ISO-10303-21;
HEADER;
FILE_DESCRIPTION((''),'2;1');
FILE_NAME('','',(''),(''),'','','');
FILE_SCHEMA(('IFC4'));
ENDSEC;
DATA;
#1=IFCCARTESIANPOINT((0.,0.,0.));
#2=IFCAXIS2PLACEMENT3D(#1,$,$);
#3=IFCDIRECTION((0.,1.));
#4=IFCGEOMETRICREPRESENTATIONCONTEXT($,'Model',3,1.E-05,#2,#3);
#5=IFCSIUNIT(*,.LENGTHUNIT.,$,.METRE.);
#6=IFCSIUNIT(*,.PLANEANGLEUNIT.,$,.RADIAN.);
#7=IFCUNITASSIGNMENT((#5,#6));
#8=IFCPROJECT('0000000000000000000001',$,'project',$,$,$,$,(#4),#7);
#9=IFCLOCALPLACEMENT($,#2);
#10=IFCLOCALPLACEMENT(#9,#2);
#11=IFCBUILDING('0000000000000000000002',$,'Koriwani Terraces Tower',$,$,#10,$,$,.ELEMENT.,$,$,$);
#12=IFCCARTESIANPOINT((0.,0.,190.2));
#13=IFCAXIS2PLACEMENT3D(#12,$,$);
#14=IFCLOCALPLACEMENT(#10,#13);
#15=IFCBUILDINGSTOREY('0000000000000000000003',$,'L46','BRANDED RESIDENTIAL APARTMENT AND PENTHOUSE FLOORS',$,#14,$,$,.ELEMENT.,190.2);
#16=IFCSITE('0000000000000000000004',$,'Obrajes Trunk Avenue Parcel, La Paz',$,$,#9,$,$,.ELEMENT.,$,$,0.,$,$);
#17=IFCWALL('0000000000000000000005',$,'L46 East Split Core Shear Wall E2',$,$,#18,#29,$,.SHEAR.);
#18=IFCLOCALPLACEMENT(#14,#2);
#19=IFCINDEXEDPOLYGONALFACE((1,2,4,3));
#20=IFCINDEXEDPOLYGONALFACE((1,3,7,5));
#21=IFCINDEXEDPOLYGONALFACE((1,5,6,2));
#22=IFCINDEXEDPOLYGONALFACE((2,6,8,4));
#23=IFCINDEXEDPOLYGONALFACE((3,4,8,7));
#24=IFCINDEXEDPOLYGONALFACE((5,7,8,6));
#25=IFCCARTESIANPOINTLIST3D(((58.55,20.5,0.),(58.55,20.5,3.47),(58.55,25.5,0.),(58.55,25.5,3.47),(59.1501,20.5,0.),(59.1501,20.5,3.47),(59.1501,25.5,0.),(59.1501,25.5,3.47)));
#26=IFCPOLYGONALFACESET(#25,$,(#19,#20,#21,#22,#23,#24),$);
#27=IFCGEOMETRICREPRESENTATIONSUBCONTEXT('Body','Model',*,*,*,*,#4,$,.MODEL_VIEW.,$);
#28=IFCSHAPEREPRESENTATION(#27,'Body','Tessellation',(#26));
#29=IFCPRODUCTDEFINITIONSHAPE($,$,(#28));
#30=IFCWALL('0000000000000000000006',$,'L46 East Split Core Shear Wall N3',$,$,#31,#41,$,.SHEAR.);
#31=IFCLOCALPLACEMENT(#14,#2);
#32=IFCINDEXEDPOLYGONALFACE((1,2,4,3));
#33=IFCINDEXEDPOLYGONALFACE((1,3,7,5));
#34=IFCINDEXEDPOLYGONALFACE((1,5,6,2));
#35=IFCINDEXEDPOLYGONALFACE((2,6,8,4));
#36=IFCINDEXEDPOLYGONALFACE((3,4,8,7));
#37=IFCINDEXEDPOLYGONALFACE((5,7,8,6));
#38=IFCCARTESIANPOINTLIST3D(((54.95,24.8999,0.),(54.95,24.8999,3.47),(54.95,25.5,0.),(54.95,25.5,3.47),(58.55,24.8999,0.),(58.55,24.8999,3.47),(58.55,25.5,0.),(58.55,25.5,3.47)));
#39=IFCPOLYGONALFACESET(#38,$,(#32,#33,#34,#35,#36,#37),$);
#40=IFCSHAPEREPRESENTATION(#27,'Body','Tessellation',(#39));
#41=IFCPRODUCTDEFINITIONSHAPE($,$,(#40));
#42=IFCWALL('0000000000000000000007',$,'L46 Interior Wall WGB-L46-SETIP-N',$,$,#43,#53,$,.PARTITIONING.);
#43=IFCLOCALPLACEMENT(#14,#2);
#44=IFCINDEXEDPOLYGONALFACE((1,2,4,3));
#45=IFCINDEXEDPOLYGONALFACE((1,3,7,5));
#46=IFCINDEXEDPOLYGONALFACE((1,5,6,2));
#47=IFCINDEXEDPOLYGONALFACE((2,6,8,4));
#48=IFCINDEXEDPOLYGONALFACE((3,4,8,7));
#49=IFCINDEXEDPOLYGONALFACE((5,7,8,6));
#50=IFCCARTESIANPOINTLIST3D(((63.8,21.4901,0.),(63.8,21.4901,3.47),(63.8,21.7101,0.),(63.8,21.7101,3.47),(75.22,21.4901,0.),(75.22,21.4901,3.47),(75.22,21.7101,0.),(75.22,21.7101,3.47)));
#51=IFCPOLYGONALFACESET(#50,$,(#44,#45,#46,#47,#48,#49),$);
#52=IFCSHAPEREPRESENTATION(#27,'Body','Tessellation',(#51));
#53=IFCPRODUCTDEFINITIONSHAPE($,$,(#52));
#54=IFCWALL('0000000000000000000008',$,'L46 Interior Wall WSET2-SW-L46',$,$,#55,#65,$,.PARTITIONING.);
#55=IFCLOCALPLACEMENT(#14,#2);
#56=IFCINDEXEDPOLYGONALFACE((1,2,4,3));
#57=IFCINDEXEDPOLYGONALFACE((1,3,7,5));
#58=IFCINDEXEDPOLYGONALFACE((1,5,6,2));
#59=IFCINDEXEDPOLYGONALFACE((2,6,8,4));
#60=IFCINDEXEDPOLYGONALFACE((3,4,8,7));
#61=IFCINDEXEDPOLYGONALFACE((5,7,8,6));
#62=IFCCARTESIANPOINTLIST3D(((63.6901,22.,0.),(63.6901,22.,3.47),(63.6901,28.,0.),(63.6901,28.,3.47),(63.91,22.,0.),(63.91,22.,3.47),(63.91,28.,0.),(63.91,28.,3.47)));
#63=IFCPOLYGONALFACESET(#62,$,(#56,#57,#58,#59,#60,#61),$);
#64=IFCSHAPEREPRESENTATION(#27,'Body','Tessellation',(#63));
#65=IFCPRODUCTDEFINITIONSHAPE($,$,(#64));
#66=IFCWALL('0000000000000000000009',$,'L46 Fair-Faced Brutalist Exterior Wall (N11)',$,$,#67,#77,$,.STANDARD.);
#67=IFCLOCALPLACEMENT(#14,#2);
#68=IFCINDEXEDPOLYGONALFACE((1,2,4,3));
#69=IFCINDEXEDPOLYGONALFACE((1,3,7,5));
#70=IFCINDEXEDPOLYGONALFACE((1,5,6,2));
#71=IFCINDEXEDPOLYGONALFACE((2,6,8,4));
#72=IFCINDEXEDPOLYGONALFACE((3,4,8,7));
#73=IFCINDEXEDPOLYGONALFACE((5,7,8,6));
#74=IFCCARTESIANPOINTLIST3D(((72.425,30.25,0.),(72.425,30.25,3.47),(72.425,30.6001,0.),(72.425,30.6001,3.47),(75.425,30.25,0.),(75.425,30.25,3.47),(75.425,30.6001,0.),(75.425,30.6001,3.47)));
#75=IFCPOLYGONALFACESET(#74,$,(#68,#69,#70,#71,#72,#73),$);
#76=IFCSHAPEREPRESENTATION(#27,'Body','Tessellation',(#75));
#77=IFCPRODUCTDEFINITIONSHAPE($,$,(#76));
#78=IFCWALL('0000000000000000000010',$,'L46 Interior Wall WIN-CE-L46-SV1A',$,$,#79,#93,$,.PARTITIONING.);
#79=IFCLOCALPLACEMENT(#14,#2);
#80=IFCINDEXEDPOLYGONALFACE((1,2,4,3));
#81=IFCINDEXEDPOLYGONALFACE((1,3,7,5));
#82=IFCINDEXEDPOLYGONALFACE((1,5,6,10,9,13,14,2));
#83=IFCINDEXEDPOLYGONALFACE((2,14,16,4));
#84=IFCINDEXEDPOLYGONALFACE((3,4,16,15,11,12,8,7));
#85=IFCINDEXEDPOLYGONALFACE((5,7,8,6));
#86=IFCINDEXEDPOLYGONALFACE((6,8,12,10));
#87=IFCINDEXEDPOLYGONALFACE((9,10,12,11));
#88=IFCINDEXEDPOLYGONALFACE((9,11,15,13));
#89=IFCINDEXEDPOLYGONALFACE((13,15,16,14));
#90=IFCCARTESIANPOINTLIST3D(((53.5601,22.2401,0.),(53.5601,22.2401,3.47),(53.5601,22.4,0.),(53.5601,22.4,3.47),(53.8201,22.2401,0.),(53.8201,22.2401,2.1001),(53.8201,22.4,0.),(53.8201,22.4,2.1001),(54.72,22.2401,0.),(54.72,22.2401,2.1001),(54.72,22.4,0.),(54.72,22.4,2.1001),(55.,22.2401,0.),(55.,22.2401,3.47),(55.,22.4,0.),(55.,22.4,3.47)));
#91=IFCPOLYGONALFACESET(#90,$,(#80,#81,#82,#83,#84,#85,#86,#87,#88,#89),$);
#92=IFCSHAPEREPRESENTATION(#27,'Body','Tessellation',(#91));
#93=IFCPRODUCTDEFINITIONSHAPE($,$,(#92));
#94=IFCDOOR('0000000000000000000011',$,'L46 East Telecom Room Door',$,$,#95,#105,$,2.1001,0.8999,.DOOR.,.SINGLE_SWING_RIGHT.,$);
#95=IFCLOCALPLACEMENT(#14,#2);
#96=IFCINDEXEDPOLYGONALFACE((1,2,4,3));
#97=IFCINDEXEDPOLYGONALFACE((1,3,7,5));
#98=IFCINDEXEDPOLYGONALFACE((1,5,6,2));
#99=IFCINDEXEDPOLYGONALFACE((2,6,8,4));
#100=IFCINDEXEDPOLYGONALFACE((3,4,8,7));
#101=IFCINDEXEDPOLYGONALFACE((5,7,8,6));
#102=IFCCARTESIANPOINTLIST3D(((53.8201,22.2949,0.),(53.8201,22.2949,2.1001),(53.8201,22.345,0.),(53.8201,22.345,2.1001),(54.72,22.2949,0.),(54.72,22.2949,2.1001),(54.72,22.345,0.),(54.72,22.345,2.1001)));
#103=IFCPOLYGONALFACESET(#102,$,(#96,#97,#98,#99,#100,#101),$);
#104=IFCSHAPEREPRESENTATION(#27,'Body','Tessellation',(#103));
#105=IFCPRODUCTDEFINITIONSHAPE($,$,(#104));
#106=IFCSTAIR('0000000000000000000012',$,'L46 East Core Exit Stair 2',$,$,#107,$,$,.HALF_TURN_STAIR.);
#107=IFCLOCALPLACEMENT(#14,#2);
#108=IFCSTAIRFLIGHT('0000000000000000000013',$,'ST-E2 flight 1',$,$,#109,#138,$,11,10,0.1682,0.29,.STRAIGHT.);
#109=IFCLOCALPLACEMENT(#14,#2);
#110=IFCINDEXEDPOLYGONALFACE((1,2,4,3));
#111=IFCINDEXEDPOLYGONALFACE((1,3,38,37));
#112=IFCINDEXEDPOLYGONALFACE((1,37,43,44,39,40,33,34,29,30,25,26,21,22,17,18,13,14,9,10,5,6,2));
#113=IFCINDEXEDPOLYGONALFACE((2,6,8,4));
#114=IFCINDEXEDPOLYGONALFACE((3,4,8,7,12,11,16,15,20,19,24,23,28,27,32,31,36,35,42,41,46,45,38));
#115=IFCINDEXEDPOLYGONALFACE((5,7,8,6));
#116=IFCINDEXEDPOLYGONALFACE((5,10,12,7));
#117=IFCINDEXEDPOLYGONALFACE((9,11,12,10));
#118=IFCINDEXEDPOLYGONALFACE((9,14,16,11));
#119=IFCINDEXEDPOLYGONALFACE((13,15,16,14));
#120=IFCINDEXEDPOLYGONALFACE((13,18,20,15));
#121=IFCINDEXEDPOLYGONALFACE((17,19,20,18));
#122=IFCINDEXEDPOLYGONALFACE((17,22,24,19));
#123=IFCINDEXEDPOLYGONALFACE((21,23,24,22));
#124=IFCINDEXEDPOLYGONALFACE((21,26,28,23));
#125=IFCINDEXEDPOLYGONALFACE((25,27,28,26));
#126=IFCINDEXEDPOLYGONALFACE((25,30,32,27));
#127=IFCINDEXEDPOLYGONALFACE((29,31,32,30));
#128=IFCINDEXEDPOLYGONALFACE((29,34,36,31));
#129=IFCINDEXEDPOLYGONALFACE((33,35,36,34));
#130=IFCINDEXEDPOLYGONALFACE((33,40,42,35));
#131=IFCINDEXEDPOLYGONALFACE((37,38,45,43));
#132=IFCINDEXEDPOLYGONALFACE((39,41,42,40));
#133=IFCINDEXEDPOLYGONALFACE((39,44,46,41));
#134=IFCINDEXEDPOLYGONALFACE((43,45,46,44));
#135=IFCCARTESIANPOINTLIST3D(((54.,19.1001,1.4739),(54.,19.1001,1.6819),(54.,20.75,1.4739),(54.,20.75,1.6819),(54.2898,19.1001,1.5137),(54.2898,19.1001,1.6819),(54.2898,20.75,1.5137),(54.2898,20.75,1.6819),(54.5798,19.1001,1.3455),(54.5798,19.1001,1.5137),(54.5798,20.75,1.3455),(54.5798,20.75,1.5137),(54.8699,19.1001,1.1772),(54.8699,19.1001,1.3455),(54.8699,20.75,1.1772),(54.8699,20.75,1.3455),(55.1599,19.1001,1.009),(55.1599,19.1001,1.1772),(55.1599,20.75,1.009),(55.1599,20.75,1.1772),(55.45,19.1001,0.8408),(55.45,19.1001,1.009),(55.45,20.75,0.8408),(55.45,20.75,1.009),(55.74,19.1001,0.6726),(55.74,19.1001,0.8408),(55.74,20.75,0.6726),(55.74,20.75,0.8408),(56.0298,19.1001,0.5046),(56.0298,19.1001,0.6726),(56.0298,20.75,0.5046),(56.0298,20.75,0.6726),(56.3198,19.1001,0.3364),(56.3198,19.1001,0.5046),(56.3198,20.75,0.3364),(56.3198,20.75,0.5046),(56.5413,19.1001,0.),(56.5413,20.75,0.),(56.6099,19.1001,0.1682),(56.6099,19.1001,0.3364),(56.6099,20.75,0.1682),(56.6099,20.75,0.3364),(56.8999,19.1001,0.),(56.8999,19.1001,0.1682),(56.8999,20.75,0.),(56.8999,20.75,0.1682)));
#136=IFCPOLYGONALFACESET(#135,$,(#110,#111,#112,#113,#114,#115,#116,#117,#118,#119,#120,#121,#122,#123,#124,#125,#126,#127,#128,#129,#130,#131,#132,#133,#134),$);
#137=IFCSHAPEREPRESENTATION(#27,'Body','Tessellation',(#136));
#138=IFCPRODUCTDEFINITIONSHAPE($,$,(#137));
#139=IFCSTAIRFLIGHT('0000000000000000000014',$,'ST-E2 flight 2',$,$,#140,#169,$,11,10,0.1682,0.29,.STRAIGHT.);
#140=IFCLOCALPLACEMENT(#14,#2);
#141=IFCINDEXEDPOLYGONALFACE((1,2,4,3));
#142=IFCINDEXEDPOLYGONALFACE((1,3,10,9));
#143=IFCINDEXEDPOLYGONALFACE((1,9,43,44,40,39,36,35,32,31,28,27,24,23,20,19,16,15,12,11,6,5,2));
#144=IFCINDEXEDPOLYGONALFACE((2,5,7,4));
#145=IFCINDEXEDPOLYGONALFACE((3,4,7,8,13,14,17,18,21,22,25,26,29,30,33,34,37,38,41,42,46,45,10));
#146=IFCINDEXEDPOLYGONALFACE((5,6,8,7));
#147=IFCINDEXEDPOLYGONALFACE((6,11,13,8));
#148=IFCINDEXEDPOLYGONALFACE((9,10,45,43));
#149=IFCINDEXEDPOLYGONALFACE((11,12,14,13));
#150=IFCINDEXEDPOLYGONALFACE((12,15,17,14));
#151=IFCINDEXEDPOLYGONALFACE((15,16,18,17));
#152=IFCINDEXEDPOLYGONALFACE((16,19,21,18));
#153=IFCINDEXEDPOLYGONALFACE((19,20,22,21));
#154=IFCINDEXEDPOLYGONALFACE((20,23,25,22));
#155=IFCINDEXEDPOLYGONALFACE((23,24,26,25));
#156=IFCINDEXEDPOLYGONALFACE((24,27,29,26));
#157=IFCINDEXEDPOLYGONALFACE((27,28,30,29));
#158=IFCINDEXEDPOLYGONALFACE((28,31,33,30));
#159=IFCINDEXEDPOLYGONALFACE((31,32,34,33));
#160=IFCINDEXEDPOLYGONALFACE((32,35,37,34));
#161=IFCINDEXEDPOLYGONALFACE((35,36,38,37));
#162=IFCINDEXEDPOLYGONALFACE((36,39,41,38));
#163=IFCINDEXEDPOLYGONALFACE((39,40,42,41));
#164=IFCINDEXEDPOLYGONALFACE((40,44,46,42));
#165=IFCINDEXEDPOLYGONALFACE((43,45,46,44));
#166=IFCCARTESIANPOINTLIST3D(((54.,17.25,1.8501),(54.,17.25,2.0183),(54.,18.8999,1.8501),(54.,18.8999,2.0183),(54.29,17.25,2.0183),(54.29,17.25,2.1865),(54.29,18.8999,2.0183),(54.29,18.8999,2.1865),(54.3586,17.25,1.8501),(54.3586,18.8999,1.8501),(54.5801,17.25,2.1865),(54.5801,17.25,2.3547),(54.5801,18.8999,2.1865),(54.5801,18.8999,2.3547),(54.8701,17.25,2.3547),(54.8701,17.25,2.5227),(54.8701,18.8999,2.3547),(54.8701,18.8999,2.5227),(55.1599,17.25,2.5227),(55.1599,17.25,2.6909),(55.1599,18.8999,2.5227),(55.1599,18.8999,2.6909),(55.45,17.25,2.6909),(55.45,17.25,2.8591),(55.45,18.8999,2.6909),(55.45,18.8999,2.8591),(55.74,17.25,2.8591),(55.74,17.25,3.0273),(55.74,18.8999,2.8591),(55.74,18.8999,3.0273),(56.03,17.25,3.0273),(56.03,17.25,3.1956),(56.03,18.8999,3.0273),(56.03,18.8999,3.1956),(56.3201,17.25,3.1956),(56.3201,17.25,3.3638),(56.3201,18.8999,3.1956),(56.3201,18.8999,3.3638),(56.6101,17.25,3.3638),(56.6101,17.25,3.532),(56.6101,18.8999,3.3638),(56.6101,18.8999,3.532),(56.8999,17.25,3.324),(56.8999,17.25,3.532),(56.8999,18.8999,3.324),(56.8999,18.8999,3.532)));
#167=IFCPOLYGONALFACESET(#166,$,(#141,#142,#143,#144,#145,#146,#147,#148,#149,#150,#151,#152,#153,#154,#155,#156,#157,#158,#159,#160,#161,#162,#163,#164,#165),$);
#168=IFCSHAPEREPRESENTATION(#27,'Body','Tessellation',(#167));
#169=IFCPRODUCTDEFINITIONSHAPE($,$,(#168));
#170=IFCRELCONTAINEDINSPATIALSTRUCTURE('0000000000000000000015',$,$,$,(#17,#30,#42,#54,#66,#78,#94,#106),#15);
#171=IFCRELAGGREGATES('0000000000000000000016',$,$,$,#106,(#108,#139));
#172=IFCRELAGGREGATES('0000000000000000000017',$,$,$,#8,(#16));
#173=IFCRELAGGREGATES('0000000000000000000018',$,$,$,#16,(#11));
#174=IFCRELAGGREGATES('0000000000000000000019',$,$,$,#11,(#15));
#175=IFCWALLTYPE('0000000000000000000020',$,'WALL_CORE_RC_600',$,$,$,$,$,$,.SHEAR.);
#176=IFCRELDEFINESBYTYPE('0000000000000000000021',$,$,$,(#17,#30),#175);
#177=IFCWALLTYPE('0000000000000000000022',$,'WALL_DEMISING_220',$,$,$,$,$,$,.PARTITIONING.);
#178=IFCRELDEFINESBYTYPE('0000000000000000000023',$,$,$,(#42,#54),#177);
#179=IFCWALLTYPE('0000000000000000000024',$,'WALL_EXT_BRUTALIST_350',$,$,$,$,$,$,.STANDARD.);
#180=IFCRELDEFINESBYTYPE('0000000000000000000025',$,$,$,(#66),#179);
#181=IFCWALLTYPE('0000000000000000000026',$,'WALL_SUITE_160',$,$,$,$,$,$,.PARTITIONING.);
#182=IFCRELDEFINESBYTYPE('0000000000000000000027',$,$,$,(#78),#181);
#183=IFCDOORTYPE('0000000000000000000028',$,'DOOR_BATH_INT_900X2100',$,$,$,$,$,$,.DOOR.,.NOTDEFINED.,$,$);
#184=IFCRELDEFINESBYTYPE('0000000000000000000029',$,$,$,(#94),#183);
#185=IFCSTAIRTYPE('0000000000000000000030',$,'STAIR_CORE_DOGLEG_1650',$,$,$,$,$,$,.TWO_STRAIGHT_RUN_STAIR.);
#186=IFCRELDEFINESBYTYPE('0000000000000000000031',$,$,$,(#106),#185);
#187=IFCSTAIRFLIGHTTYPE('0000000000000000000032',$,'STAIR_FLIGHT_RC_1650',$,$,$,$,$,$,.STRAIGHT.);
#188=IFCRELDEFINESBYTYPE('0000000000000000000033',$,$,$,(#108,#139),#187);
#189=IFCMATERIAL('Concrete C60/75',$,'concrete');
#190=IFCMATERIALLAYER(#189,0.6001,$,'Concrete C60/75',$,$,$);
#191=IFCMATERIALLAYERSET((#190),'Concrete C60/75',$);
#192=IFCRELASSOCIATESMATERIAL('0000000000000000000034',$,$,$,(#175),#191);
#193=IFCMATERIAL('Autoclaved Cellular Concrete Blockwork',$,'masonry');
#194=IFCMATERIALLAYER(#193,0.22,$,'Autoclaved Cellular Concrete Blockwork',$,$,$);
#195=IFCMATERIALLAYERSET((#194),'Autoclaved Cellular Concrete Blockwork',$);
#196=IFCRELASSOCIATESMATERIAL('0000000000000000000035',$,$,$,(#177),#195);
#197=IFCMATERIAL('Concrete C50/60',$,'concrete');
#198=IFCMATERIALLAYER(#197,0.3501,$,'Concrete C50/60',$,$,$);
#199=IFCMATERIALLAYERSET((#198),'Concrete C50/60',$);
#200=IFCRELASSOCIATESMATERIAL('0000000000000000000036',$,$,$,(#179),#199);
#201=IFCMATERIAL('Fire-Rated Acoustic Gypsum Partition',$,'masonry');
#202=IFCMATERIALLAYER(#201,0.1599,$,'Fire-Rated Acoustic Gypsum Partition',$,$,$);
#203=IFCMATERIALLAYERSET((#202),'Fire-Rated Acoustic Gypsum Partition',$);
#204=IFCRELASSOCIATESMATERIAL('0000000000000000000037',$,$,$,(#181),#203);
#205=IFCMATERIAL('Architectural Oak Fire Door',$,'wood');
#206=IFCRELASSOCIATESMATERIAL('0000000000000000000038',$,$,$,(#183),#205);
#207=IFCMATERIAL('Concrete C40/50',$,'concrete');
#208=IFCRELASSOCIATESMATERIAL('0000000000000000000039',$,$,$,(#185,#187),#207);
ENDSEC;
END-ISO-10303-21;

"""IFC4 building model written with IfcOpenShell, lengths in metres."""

from ifc_helpers import new_model, si_unit, direction, frame, frame_2d, origin, place, context, subcontext, project, spatial, polyline, rectangle, outline, extrude, material, layer, layer_set, type_object, element, fill, aggregate, save


model = new_model("IFC4")

# Units and contexts
model_context = context("Model", 3, precision=1e-05, world=origin(), true_north=direction((0.0, 1.0)))
body_context = subcontext(model_context, "Body", "Model", "MODEL_VIEW")
ifc_project = project(units=[si_unit("LENGTHUNIT", "METRE"), si_unit("PLANEANGLEUNIT", "RADIAN")], contexts=[model_context])

# Site, building, storey
site_placement = place(None, origin())
site = spatial("IfcSite", under=ifc_project, at=site_placement, Name="Obrajes Trunk Avenue Parcel, La Paz", CompositionType="ELEMENT", RefElevation=0.0)
building_placement = place(site_placement, origin())
building = spatial("IfcBuilding", under=site, at=building_placement, Name="Koriwani Terraces Tower", CompositionType="ELEMENT")
storey_placement = place(building_placement, frame((0.0, 0.0, 190.2)))
storey = spatial("IfcBuildingStorey", under=building, at=storey_placement, Name="L46", Description="BRANDED RESIDENTIAL APARTMENT AND PENTHOUSE FLOORS", CompositionType="ELEMENT", Elevation=190.2)

# Shared definitions
ifc_material_1 = material(Name="Concrete C50/60", Category="concrete")

# Shared definitions
ifc_material_2 = material(Name="Concrete C60/75", Category="concrete")
ifc_material_3 = material(Name="Concrete C40/50", Category="concrete")

# Walls
ifc_layer_1 = layer(ifc_material_2, 0.6001, Name="Concrete C60/75")
ifc_layer_set_1 = layer_set([ifc_layer_1], Name="Concrete C60/75")
wall_type_1 = type_object("IfcWallType", Name="WALL_CORE_RC_600", PredefinedType="SHEAR", material=ifc_layer_set_1)
wall_1_placement = place(storey_placement, frame((58.8501, 20.5, 0.0), z_axis=(0.0, 0.0, 1.0), x_axis=(0.0, 1.0, 0.0)))
element("IfcWall", 1, at=wall_1_placement, inside=storey, type_object=wall_type_1, Name="L46 East Split Core Shear Wall E2", PredefinedType="SHEAR", context=body_context, shape_type="SweptSolid", body=[
    extrude(rectangle(XDim=5.0, YDim=0.6001, at=frame_2d((2.5, 0.0))), origin(), (0.0, 0.0, 1.0), 3.47),
])
wall_2_placement = place(storey_placement, frame((54.95, 25.2, 0.0), z_axis=(0.0, 0.0, 1.0), x_axis=(1.0, 0.0, 0.0)))
element("IfcWall", 2, at=wall_2_placement, inside=storey, type_object=wall_type_1, Name="L46 East Split Core Shear Wall N3", PredefinedType="SHEAR", context=body_context, shape_type="SweptSolid", body=[
    extrude(rectangle(XDim=3.6001, YDim=0.6001, at=frame_2d((1.8, 0.0))), origin(), (0.0, 0.0, 1.0), 3.47),
])
ifc_material_4 = material(Name="Autoclaved Cellular Concrete Blockwork", Category="masonry")
ifc_layer_2 = layer(ifc_material_4, 0.22, Name="Autoclaved Cellular Concrete Blockwork")
ifc_layer_set_2 = layer_set([ifc_layer_2], Name="Autoclaved Cellular Concrete Blockwork")
wall_type_2 = type_object("IfcWallType", Name="WALL_DEMISING_220", PredefinedType="PARTITIONING", material=ifc_layer_set_2)
wall_3_placement = place(storey_placement, frame((63.8, 21.6001, 0.0), z_axis=(0.0, 0.0, 1.0), x_axis=(1.0, 0.0, 0.0)))
element("IfcWall", 3, at=wall_3_placement, inside=storey, type_object=wall_type_2, Name="L46 Interior Wall WGB-L46-SETIP-N", PredefinedType="PARTITIONING", context=body_context, shape_type="SweptSolid", body=[
    extrude(rectangle(XDim=11.4199, YDim=0.22, at=frame_2d((5.71, 0.0))), origin(), (0.0, 0.0, 1.0), 3.47),
])
wall_4_placement = place(storey_placement, frame((63.8, 22.0, 0.0), z_axis=(0.0, 0.0, 1.0), x_axis=(0.0, 1.0, 0.0)))
element("IfcWall", 4, at=wall_4_placement, inside=storey, type_object=wall_type_2, Name="L46 Interior Wall WSET2-SW-L46", PredefinedType="PARTITIONING", context=body_context, shape_type="SweptSolid", body=[
    extrude(rectangle(XDim=6.0, YDim=0.22, at=frame_2d((3.0, 0.0))), origin(), (0.0, 0.0, 1.0), 3.47),
])
ifc_layer_3 = layer(ifc_material_1, 0.3501, Name="Concrete C50/60")
ifc_layer_set_3 = layer_set([ifc_layer_3], Name="Concrete C50/60")
wall_type_3 = type_object("IfcWallType", Name="WALL_EXT_BRUTALIST_350", PredefinedType="STANDARD", material=ifc_layer_set_3)
wall_5_placement = place(storey_placement, frame((72.425, 30.425, 0.0), z_axis=(0.0, 0.0, 1.0), x_axis=(1.0, 0.0, 0.0)))
element("IfcWall", 5, at=wall_5_placement, inside=storey, type_object=wall_type_3, Name="L46 Fair-Faced Brutalist Exterior Wall (N11)", PredefinedType="STANDARD", context=body_context, shape_type="SweptSolid", body=[
    extrude(rectangle(XDim=3.0, YDim=0.3501, at=frame_2d((1.5, 0.0))), origin(), (0.0, 0.0, 1.0), 3.47),
])

# Wall, opening, door
ifc_material_5 = material(Name="Fire-Rated Acoustic Gypsum Partition", Category="masonry")
ifc_layer_4 = layer(ifc_material_5, 0.1599, Name="Fire-Rated Acoustic Gypsum Partition")
ifc_layer_set_4 = layer_set([ifc_layer_4], Name="Fire-Rated Acoustic Gypsum Partition")
wall_type_4 = type_object("IfcWallType", Name="WALL_SUITE_160", PredefinedType="PARTITIONING", material=ifc_layer_set_4)
wall_6_placement = place(storey_placement, frame((53.5601, 22.3201, 0.0), z_axis=(0.0, 0.0, 1.0), x_axis=(1.0, 0.0, 0.0)))
wall_6 = element("IfcWall", 6, at=wall_6_placement, inside=storey, type_object=wall_type_4, Name="L46 Interior Wall WIN-CE-L46-SV1A", PredefinedType="PARTITIONING", context=body_context, shape_type="SweptSolid", body=[
    extrude(rectangle(XDim=1.4399, YDim=0.1599, at=frame_2d((0.72, 0.0))), origin(), (0.0, 0.0, 1.0), 3.47),
])
opening_1_placement = place(wall_6_placement, frame((0.26, 0.0, 0.0)))
opening_1 = element("IfcOpeningElement", 7, at=opening_1_placement, cuts=wall_6, PredefinedType="OPENING", context=body_context, shape_type="SweptSolid", body=[
    extrude(rectangle(XDim=0.8999, YDim=2.1001, at=frame_2d((0.45, 1.05))), frame((0.0, 0.0898, 0.0), z_axis=(0.0, -1.0, 0.0), x_axis=(1.0, 0.0, 0.0)), (0.0, 0.0, 1.0), 0.1799),
])
ifc_material_6 = material(Name="Architectural Oak Fire Door", Category="wood")
door_type_1 = type_object("IfcDoorType", Name="DOOR_BATH_INT_900X2100", OperationType="NOTDEFINED", PredefinedType="DOOR", material=ifc_material_6)
door_1_placement = place(opening_1_placement, origin())
door_1 = element("IfcDoor", 8, at=door_1_placement, inside=storey, type_object=door_type_1, Name="L46 East Telecom Room Door", OperationType="SINGLE_SWING_RIGHT", OverallHeight=2.1001, OverallWidth=0.8999, PredefinedType="DOOR", context=body_context, shape_type="SweptSolid", body=[
    extrude(rectangle(XDim=0.8999, YDim=2.1001, at=frame_2d((0.45, 1.05))), frame((0.0, 0.0249, 0.0), z_axis=(0.0, -1.0, 0.0), x_axis=(1.0, 0.0, 0.0)), (0.0, 0.0, 1.0), 0.05),
])
fill(opening_1, door_1)

# Stair, stair flights
stair_type = type_object("IfcStairType", Name="STAIR_CORE_DOGLEG_1650", PredefinedType="TWO_STRAIGHT_RUN_STAIR", material=ifc_material_3)
stair_placement = place(storey_placement, origin())
stair = element("IfcStair", 9, at=stair_placement, inside=storey, type_object=stair_type, Name="L46 East Core Exit Stair 2", PredefinedType="HALF_TURN_STAIR")
stair_flight_type = type_object("IfcStairFlightType", Name="STAIR_FLIGHT_RC_1650", PredefinedType="STRAIGHT", material=ifc_material_3)
stair_flight_1_placement = place(storey_placement, frame((56.8999, 19.925, 0.0), z_axis=(0.0, 0.0, 1.0), x_axis=(-1.0, 0.0, 0.0)))
stair_flight_1 = element("IfcStairFlight", 10, at=stair_flight_1_placement, type_object=stair_flight_type, Name="ST-E2 flight 1", NumberOfRisers=11, NumberOfTreads=10, PredefinedType="STRAIGHT", RiserHeight=0.1682, TreadLength=0.29, context=body_context, shape_type="SweptSolid", body=[
    extrude(outline(polyline([(0.0, 0.0), (0.0, 0.1682), (0.29, 0.1682), (0.29, 0.3364), (0.5801, 0.3364), (0.5801, 0.5046), (0.8701, 0.5046), (0.8701, 0.6726), (1.1599, 0.6726), (1.1599, 0.8408), (1.45, 0.8408), (1.45, 1.009), (1.74, 1.009), (1.74, 1.1772), (2.03, 1.1772), (2.03, 1.3455), (2.3201, 1.3455), (2.3201, 1.5137), (2.6101, 1.5137), (2.6101, 1.6819), (2.8999, 1.6819), (2.8999, 1.8501), (2.8999, 1.4739), (0.3586, 0.0), (0.0, 0.0)])), frame((0.0, 0.825, 0.0), z_axis=(0.0, -1.0, 0.0), x_axis=(1.0, 0.0, 0.0)), (0.0, 0.0, 1.0), 1.6499),
])
stair_flight_2_placement = place(storey_placement, frame((54.0, 18.075, 1.8501), z_axis=(0.0, 0.0, 1.0), x_axis=(1.0, 0.0, 0.0)))
stair_flight_2 = element("IfcStairFlight", 11, at=stair_flight_2_placement, type_object=stair_flight_type, Name="ST-E2 flight 2", NumberOfRisers=11, NumberOfTreads=10, PredefinedType="STRAIGHT", RiserHeight=0.1682, TreadLength=0.29, context=body_context, shape_type="SweptSolid", body=[
    extrude(outline(polyline([(0.0, 0.0), (0.0, 0.1682), (0.29, 0.1682), (0.29, 0.3364), (0.5801, 0.3364), (0.5801, 0.5046), (0.8701, 0.5046), (0.8701, 0.6726), (1.1599, 0.6726), (1.1599, 0.8408), (1.45, 0.8408), (1.45, 1.009), (1.74, 1.009), (1.74, 1.1772), (2.03, 1.1772), (2.03, 1.3455), (2.3201, 1.3455), (2.3201, 1.5137), (2.6101, 1.5137), (2.6101, 1.6819), (2.8999, 1.6819), (2.8999, 1.8501), (2.8999, 1.4739), (0.3586, 0.0), (0.0, 0.0)])), frame((0.0, 0.825, 0.0), z_axis=(0.0, -1.0, 0.0), x_axis=(1.0, 0.0, 0.0)), (0.0, 0.0, 1.0), 1.6499),
])
aggregate(stair, [stair_flight_1, stair_flight_2])

save(model, "model.ifc")
